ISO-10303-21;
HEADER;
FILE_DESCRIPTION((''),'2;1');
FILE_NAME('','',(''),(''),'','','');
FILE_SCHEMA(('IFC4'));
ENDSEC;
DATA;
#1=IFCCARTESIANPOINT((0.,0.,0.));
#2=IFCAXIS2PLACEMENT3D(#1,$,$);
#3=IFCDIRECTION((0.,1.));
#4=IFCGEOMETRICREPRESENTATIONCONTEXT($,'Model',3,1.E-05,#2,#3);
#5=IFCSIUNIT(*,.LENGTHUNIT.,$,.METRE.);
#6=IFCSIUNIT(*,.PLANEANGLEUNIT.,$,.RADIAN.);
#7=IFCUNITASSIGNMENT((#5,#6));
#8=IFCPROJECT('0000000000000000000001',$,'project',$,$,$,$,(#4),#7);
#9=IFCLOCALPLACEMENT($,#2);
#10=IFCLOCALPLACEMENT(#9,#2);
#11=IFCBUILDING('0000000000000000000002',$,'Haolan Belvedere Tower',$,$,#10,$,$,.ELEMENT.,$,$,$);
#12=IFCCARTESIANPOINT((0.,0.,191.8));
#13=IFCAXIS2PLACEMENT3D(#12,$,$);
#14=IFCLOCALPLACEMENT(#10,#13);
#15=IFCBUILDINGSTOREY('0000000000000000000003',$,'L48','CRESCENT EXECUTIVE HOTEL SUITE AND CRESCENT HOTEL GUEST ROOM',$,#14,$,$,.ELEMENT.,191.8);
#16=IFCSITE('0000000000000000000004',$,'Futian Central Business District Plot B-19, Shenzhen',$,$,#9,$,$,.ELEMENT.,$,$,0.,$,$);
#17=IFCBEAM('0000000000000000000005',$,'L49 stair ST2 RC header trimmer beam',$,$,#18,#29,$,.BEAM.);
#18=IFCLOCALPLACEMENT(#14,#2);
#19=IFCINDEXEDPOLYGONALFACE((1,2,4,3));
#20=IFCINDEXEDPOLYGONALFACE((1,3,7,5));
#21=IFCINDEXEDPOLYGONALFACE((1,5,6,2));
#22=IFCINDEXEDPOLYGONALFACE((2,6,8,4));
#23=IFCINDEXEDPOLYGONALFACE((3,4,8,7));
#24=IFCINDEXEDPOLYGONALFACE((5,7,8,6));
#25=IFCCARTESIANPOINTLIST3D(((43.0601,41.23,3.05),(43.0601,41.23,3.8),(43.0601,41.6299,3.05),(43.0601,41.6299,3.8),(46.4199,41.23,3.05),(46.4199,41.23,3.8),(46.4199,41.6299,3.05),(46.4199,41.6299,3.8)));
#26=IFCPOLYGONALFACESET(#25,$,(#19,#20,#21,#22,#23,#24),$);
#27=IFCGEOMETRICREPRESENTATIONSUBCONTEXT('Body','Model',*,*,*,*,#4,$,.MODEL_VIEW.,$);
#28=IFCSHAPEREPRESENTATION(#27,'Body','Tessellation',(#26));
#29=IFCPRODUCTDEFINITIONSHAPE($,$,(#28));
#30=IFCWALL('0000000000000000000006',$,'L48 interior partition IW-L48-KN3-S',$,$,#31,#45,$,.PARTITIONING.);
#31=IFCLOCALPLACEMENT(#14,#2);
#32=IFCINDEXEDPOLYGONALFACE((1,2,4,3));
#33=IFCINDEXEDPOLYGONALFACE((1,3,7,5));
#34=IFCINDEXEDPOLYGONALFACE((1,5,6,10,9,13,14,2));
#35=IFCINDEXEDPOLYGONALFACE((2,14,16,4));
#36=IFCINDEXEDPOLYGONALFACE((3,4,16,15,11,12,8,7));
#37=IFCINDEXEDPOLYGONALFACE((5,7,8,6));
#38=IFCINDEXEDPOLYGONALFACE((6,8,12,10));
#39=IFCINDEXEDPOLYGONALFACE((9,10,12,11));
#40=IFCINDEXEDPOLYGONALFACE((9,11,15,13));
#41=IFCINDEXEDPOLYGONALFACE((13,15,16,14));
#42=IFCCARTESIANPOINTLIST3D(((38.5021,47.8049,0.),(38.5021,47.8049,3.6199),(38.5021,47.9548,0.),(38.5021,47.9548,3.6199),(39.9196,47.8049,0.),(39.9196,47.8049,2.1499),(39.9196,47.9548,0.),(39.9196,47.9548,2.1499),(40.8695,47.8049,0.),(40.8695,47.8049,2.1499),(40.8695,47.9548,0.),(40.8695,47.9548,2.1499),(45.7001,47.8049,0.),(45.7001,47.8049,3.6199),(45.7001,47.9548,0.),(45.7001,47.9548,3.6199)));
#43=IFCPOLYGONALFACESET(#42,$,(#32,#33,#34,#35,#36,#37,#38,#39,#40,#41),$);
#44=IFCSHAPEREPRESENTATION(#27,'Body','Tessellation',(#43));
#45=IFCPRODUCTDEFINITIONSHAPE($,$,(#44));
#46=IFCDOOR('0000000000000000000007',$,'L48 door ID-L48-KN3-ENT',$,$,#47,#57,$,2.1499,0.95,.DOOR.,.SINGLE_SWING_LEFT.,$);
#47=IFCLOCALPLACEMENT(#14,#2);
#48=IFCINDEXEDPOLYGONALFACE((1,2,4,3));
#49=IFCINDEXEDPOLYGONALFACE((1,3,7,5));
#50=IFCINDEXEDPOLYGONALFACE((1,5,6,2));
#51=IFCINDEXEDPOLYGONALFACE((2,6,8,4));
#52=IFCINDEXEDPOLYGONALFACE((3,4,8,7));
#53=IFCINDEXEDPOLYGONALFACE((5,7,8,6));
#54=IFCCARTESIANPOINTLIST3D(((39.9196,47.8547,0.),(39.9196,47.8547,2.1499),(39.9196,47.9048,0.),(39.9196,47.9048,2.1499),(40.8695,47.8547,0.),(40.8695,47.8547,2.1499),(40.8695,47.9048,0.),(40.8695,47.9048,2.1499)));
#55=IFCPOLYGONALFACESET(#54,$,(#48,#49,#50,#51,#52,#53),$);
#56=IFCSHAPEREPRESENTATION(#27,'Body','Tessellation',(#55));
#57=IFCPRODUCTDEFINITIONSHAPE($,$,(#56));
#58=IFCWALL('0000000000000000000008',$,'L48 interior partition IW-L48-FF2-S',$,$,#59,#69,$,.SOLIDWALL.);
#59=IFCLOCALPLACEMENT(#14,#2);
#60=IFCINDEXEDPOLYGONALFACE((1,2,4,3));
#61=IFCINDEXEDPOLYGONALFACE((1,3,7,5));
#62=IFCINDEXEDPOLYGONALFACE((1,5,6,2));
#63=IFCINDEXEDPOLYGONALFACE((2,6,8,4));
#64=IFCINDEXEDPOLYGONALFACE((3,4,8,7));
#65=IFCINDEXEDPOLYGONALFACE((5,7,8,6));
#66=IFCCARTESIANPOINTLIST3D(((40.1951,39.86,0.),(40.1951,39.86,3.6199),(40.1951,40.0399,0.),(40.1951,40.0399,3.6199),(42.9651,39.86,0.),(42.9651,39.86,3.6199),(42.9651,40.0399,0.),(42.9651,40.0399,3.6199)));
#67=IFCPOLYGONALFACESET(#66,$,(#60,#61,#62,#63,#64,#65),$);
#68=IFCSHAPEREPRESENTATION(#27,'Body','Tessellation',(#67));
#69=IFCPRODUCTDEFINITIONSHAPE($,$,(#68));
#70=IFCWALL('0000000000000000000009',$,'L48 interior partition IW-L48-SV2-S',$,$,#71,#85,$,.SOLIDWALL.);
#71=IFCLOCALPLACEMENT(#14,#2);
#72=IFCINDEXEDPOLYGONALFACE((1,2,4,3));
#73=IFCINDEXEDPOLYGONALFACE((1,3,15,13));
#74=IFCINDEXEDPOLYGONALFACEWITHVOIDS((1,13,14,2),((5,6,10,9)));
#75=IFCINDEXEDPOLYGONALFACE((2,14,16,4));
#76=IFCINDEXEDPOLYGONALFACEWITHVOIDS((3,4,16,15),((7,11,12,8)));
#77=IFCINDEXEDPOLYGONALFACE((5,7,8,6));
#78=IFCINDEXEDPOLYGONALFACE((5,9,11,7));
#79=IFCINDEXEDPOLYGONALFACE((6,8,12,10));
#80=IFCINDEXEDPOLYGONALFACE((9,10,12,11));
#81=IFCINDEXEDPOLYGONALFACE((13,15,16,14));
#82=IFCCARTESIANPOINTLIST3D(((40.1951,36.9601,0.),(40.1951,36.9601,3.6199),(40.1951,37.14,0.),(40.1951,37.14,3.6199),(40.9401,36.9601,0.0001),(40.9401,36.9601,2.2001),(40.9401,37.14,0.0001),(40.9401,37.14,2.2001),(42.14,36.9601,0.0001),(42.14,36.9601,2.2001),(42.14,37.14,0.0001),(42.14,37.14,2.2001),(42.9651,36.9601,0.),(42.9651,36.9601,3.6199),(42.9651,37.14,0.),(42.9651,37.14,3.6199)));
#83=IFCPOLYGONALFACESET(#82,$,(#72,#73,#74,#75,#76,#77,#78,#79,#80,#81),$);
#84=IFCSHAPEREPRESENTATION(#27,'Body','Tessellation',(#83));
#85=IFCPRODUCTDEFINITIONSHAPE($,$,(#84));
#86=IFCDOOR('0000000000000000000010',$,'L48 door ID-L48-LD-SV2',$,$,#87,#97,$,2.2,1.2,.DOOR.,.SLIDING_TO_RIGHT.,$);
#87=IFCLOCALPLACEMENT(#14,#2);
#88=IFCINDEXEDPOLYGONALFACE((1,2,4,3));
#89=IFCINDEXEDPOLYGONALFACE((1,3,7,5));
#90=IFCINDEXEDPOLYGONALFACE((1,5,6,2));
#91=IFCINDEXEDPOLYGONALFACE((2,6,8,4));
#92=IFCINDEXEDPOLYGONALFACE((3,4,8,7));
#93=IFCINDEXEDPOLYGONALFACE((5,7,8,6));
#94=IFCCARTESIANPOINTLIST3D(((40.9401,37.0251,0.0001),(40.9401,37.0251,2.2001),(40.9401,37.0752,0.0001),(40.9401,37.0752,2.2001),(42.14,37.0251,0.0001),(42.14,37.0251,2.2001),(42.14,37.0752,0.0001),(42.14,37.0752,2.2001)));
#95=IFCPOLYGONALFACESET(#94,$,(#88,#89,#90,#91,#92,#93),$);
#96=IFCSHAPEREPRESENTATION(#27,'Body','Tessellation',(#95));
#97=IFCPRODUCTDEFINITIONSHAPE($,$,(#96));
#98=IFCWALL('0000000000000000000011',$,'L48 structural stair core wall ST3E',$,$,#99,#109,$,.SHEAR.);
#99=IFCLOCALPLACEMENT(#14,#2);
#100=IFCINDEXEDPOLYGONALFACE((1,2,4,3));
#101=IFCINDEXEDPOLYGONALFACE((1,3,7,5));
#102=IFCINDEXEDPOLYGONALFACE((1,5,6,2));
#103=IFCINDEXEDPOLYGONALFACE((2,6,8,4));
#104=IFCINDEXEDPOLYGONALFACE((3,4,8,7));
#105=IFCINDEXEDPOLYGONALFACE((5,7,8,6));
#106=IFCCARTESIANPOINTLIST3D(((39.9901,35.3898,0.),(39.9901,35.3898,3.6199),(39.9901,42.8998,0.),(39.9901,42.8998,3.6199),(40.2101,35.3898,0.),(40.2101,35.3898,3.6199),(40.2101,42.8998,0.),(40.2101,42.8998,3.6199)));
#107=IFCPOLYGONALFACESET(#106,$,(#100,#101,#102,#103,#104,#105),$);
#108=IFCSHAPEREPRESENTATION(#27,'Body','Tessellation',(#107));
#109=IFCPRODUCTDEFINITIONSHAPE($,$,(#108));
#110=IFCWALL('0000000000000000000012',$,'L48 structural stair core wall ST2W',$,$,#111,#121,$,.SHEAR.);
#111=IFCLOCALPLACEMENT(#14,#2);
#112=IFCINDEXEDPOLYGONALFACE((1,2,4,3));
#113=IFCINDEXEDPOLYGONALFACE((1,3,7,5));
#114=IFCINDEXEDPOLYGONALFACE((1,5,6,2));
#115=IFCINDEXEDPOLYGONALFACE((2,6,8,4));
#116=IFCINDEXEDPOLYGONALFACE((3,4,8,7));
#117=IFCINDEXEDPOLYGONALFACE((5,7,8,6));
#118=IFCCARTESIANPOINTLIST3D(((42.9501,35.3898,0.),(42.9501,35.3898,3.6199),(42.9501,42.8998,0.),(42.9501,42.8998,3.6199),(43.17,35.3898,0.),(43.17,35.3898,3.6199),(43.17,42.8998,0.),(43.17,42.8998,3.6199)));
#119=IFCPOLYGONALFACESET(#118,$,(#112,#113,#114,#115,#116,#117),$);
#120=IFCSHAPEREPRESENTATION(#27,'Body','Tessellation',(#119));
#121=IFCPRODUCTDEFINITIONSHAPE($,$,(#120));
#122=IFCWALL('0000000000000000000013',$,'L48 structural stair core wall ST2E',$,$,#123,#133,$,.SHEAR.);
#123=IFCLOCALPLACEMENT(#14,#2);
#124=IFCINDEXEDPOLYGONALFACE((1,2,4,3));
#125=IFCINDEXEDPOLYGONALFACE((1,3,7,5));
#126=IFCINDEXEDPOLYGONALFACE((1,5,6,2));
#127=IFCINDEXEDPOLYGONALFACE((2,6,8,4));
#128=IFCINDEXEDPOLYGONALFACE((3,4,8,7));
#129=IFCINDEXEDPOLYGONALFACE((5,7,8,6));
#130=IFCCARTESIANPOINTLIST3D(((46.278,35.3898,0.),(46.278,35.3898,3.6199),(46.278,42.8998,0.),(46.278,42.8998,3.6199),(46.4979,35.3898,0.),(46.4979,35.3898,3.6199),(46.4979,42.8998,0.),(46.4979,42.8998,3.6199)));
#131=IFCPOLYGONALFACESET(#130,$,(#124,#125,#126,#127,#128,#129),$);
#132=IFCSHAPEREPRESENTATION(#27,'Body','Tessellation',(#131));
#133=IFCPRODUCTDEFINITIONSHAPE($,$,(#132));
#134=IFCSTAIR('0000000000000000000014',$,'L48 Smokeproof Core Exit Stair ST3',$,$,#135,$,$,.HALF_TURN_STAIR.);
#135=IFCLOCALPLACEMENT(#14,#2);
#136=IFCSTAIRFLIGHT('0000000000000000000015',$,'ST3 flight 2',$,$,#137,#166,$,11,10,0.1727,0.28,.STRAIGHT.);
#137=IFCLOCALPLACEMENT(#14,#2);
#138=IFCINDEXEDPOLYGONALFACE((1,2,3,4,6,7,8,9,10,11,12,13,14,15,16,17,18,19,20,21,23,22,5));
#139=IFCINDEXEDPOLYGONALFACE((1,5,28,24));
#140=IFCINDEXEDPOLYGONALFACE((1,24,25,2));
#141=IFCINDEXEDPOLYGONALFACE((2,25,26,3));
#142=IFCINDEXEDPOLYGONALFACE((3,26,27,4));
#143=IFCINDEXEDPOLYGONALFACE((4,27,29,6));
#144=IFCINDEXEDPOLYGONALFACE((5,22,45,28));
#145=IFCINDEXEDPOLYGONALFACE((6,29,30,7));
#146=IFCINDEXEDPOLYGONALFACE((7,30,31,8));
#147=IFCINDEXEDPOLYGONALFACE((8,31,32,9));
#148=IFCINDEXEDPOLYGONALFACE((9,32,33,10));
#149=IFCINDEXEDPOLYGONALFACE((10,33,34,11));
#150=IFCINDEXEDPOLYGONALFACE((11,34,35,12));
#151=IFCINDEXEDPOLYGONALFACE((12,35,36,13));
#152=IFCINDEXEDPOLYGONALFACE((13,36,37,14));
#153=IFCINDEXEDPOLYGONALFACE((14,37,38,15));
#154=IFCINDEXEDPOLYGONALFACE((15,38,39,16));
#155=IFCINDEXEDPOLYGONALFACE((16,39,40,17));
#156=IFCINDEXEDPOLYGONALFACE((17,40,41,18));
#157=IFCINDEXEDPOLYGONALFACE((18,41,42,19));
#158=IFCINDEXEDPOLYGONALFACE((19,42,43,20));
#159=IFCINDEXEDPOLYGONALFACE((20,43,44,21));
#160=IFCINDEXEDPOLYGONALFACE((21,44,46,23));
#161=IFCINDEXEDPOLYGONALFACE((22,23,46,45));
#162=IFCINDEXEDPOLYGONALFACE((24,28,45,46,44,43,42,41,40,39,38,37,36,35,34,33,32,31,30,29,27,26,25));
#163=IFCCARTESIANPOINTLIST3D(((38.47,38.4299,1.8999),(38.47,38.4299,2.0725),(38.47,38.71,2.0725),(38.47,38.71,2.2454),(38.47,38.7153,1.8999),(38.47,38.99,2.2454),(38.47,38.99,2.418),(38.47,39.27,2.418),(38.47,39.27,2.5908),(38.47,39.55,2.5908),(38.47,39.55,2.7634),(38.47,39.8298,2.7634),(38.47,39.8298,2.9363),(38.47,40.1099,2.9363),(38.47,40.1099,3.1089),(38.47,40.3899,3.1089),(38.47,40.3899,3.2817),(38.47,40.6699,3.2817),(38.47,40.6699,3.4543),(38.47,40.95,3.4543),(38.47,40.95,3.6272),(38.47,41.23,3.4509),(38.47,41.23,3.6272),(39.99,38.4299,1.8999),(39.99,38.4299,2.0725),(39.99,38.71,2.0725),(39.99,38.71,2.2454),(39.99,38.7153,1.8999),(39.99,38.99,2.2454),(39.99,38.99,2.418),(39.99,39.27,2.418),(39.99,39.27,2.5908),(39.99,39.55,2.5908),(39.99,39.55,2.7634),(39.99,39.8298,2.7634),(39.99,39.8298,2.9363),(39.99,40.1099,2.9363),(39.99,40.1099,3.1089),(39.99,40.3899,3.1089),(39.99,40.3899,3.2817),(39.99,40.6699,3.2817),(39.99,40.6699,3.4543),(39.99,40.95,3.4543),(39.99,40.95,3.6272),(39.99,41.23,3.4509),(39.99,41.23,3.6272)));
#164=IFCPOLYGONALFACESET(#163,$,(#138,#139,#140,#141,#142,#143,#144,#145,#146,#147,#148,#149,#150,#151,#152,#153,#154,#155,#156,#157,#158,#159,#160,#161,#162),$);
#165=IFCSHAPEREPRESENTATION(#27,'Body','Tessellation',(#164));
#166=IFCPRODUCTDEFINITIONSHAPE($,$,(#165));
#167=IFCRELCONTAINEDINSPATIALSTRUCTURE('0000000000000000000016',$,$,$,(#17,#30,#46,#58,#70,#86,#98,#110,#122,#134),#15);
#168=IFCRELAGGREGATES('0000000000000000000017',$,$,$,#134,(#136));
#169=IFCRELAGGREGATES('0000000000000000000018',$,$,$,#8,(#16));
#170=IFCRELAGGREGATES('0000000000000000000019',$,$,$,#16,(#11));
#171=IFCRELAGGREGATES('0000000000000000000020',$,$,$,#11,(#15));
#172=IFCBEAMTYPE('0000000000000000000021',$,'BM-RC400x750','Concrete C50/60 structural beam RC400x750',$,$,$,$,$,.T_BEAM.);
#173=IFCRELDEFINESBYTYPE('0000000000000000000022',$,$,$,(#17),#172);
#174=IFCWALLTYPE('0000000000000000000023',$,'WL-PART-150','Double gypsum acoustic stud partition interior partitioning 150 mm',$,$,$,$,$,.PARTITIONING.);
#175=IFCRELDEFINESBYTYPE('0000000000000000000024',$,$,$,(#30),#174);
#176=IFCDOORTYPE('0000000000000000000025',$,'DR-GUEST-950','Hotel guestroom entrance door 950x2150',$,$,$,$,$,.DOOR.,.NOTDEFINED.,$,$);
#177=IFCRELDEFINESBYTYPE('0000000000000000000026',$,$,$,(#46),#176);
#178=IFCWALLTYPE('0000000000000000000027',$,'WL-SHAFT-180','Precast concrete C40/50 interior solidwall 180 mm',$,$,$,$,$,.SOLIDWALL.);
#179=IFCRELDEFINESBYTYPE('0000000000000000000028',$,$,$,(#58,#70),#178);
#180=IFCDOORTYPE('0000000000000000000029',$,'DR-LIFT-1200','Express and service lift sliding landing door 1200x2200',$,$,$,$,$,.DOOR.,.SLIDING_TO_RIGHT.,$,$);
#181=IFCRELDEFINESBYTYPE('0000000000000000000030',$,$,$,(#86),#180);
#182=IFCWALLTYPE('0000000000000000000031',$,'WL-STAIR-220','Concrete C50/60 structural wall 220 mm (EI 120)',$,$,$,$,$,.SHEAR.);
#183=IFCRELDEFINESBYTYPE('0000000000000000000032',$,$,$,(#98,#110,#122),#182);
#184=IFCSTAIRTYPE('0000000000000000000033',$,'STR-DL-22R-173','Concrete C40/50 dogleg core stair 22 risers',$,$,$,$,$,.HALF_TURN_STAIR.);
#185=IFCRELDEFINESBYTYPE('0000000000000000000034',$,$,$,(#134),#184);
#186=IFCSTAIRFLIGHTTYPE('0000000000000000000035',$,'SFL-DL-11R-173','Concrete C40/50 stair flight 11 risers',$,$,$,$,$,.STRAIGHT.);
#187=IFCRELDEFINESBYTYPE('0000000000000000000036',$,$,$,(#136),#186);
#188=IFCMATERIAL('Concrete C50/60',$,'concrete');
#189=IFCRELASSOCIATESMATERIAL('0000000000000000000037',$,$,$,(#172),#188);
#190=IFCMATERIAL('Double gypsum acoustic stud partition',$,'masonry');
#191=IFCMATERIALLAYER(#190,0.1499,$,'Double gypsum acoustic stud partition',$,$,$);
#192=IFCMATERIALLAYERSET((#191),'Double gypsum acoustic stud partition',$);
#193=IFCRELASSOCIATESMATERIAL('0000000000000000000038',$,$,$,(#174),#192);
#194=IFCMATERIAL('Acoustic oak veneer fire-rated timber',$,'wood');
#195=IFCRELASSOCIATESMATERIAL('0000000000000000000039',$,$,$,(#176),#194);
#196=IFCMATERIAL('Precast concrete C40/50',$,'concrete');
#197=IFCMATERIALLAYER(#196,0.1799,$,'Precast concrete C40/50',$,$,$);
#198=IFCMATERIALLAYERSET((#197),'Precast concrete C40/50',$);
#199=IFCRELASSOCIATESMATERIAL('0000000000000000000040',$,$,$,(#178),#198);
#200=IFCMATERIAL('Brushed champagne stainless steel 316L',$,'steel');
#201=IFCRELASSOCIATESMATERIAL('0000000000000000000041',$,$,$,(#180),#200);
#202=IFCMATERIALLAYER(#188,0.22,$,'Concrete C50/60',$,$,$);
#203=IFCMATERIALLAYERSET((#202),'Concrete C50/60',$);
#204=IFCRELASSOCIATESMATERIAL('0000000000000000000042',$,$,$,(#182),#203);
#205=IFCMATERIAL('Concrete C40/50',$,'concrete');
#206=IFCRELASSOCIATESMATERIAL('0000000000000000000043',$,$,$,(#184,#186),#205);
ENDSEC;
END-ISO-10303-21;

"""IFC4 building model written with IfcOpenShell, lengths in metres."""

from ifc_helpers import new_model, si_unit, direction, frame, frame_2d, origin, origin_2d, place, context, subcontext, project, spatial, polyline, rectangle, outline, extrude, material, layer, layer_set, material_profile, profile_set, type_object, element, fill, aggregate, save


model = new_model("IFC4")

# Units and contexts
model_context = context("Model", 3, precision=1e-05, world=origin(), true_north=direction((0.0, 1.0)))
body_context = subcontext(model_context, "Body", "Model", "MODEL_VIEW")
ifc_project = project(units=[si_unit("LENGTHUNIT", "METRE"), si_unit("PLANEANGLEUNIT", "RADIAN")], contexts=[model_context])

# Site, building, storey
site_placement = place(None, origin())
site = spatial("IfcSite", under=ifc_project, at=site_placement, Name="Futian Central Business District Plot B-19, Shenzhen", CompositionType="ELEMENT", RefElevation=0.0)
building_placement = place(site_placement, origin())
building = spatial("IfcBuilding", under=site, at=building_placement, Name="Haolan Belvedere Tower", CompositionType="ELEMENT")
storey_placement = place(building_placement, frame((0.0, 0.0, 191.8)))
storey = spatial("IfcBuildingStorey", under=building, at=storey_placement, Name="L48", Description="CRESCENT EXECUTIVE HOTEL SUITE AND CRESCENT HOTEL GUEST ROOM", CompositionType="ELEMENT", Elevation=191.8)

# Beam
ifc_material_1 = material(Name="Concrete C50/60", Category="concrete")
ifc_material_profile = material_profile(ifc_material_1, rectangle(XDim=0.3999, YDim=0.75, at=origin_2d()), Name="Concrete C50/60")
ifc_profile_set = profile_set([ifc_material_profile], Name="Concrete C50/60")
beam_type = type_object("IfcBeamType", Name="BM-RC400x750", Description="Concrete C50/60 structural beam RC400x750", PredefinedType="T_BEAM", material=ifc_profile_set)
beam_placement = place(storey_placement, frame((43.0601, 41.4299, 3.425), z_axis=(1.0, 0.0, 0.0), x_axis=(0.0, 1.0, 0.0)))
element("IfcBeam", 1, at=beam_placement, inside=storey, type_object=beam_type, Name="L49 stair ST2 RC header trimmer beam", PredefinedType="BEAM", context=body_context, shape_type="SweptSolid", body=[
    extrude(rectangle(XDim=0.3999, YDim=0.75, at=origin_2d()), origin(), (0.0, 0.0, 1.0), 3.3599),
])

# Wall, opening, door
ifc_material_2 = material(Name="Concrete C40/50", Category="concrete")
ifc_material_3 = material(Name="Double gypsum acoustic stud partition", Category="masonry")
ifc_layer_1 = layer(ifc_material_3, 0.1499, Name="Double gypsum acoustic stud partition")
ifc_layer_set_1 = layer_set([ifc_layer_1], Name="Double gypsum acoustic stud partition")
wall_type_1 = type_object("IfcWallType", Name="WL-PART-150", Description="Double gypsum acoustic stud partition interior partitioning 150 mm", PredefinedType="PARTITIONING", material=ifc_layer_set_1)
wall_1_placement = place(storey_placement, frame((38.502, 47.8799, 0.0), z_axis=(0.0, 0.0, 1.0), x_axis=(1.0, 0.0, 0.0)))
wall_1 = element("IfcWall", 2, at=wall_1_placement, inside=storey, type_object=wall_type_1, Name="L48 interior partition IW-L48-KN3-S", PredefinedType="PARTITIONING", context=body_context, shape_type="SweptSolid", body=[
    extrude(rectangle(XDim=7.198, YDim=0.1499, at=frame_2d((3.5991, 0.0))), origin(), (0.0, 0.0, 1.0), 3.6199),
])
opening_1_placement = place(wall_1_placement, frame((1.4175, 0.0, 0.0)))
opening_1 = element("IfcOpeningElement", 3, at=opening_1_placement, cuts=wall_1, PredefinedType="OPENING", context=body_context, shape_type="SweptSolid", body=[
    extrude(rectangle(XDim=0.95, YDim=2.1499, at=frame_2d((0.4751, 1.075))), frame((0.0, 0.085, 0.0), z_axis=(0.0, -1.0, 0.0), x_axis=(1.0, 0.0, 0.0)), (0.0, 0.0, 1.0), 0.1699),
])
ifc_material_4 = material(Name="Acoustic oak veneer fire-rated timber", Category="wood")
door_type_1 = type_object("IfcDoorType", Name="DR-GUEST-950", Description="Hotel guestroom entrance door 950x2150", OperationType="NOTDEFINED", PredefinedType="DOOR", material=ifc_material_4)
door_1_placement = place(opening_1_placement, origin())
door_1 = element("IfcDoor", 4, at=door_1_placement, inside=storey, type_object=door_type_1, Name="L48 door ID-L48-KN3-ENT", OperationType="SINGLE_SWING_LEFT", OverallHeight=2.1499, OverallWidth=0.95, PredefinedType="DOOR", context=body_context, shape_type="SweptSolid", body=[
    extrude(rectangle(XDim=0.95, YDim=2.1499, at=frame_2d((0.4751, 1.075))), frame((0.0, 0.0249, 0.0), z_axis=(0.0, -1.0, 0.0), x_axis=(1.0, 0.0, 0.0)), (0.0, 0.0, 1.0), 0.05),
])
fill(opening_1, door_1)

# Wall
ifc_material_5 = material(Name="Precast concrete C40/50", Category="concrete")
ifc_layer_2 = layer(ifc_material_5, 0.1799, Name="Precast concrete C40/50")
ifc_layer_set_2 = layer_set([ifc_layer_2], Name="Precast concrete C40/50")
wall_type_2 = type_object("IfcWallType", Name="WL-SHAFT-180", Description="Precast concrete C40/50 interior solidwall 180 mm", PredefinedType="SOLIDWALL", material=ifc_layer_set_2)
wall_2_placement = place(storey_placement, frame((40.1951, 39.95, 0.0), z_axis=(0.0, 0.0, 1.0), x_axis=(1.0, 0.0, 0.0)))
element("IfcWall", 5, at=wall_2_placement, inside=storey, type_object=wall_type_2, Name="L48 interior partition IW-L48-FF2-S", PredefinedType="SOLIDWALL", context=body_context, shape_type="SweptSolid", body=[
    extrude(rectangle(XDim=2.77, YDim=0.1799, at=frame_2d((1.385, 0.0))), origin(), (0.0, 0.0, 1.0), 3.6199),
])

# Wall, opening, door
wall_3_placement = place(storey_placement, frame((40.1951, 37.05, 0.0), z_axis=(0.0, 0.0, 1.0), x_axis=(1.0, 0.0, 0.0)))
wall_3 = element("IfcWall", 6, at=wall_3_placement, inside=storey, type_object=wall_type_2, Name="L48 interior partition IW-L48-SV2-S", PredefinedType="SOLIDWALL", context=body_context, shape_type="SweptSolid", body=[
    extrude(rectangle(XDim=2.77, YDim=0.1799, at=frame_2d((1.385, 0.0))), origin(), (0.0, 0.0, 1.0), 3.6199),
])
opening_2_placement = place(wall_3_placement, frame((1.9451, 0.0, 0.0), z_axis=(0.0, 0.0, 1.0), x_axis=(-1.0, 0.0, 0.0)))
opening_2 = element("IfcOpeningElement", 7, at=opening_2_placement, cuts=wall_3, PredefinedType="OPENING", context=body_context, shape_type="SweptSolid", body=[
    extrude(rectangle(XDim=1.2, YDim=2.2, at=frame_2d((0.6001, 1.1001))), frame((0.0, 0.0999, 0.0), z_axis=(0.0, -1.0, 0.0), x_axis=(1.0, 0.0, 0.0)), (0.0, 0.0, 1.0), 0.2),
])
ifc_material_6 = material(Name="Brushed champagne stainless steel 316L", Category="steel")
door_type_2 = type_object("IfcDoorType", Name="DR-LIFT-1200", Description="Express and service lift sliding landing door 1200x2200", OperationType="SLIDING_TO_RIGHT", PredefinedType="DOOR", material=ifc_material_6)
door_2_placement = place(opening_2_placement, origin())
door_2 = element("IfcDoor", 8, at=door_2_placement, inside=storey, type_object=door_type_2, Name="L48 door ID-L48-LD-SV2", OperationType="SLIDING_TO_RIGHT", OverallHeight=2.2, OverallWidth=1.2, PredefinedType="DOOR", context=body_context, shape_type="SweptSolid", body=[
    extrude(rectangle(XDim=1.2, YDim=2.2, at=frame_2d((0.6001, 1.1001))), frame((0.0, 0.0249, 0.0), z_axis=(0.0, -1.0, 0.0), x_axis=(1.0, 0.0, 0.0)), (0.0, 0.0, 1.0), 0.05),
])
fill(opening_2, door_2)

# Walls
ifc_layer_3 = layer(ifc_material_1, 0.22, Name="Concrete C50/60")
ifc_layer_set_3 = layer_set([ifc_layer_3], Name="Concrete C50/60")
wall_type_3 = type_object("IfcWallType", Name="WL-STAIR-220", Description="Concrete C50/60 structural wall 220 mm (EI 120)", PredefinedType="SHEAR", material=ifc_layer_set_3)
for number, where, z_axis, x_axis, name in (
    (9, (40.1001, 35.3899, 0.0), (0.0, 0.0, 1.0), (0.0, 1.0, 0.0), "L48 structural stair core wall ST3E"),
    (10, (43.0601, 35.3899, 0.0), (0.0, 0.0, 1.0), (0.0, 1.0, 0.0), "L48 structural stair core wall ST2W"),
    (11, (46.3879, 35.3899, 0.0), (0.0, 0.0, 1.0), (0.0, 1.0, 0.0), "L48 structural stair core wall ST2E"),
):
    element("IfcWall", number, at=place(storey_placement, frame(where, z_axis=z_axis, x_axis=x_axis)), inside=storey, type_object=wall_type_3, Name=name, PredefinedType="SHEAR", context=body_context, shape_type="SweptSolid", body=[
        extrude(rectangle(XDim=7.51, YDim=0.22, at=frame_2d((3.7549, 0.0))), origin(), (0.0, 0.0, 1.0), 3.6199),
    ])

# Stair, stair flight
stair_type = type_object("IfcStairType", Name="STR-DL-22R-173", Description="Concrete C40/50 dogleg core stair 22 risers", PredefinedType="HALF_TURN_STAIR", material=ifc_material_2)
stair_1_placement = place(storey_placement, origin())
stair_1 = element("IfcStair", 12, at=stair_1_placement, inside=storey, type_object=stair_type, Name="L48 Smokeproof Core Exit Stair ST3", PredefinedType="HALF_TURN_STAIR")
stair_flight_type = type_object("IfcStairFlightType", Name="SFL-DL-11R-173", Description="Concrete C40/50 stair flight 11 risers", PredefinedType="STRAIGHT", material=ifc_material_2)
stair_flight_1_placement = place(storey_placement, frame((39.23, 38.4299, 1.8999), z_axis=(0.0, 0.0, 1.0), x_axis=(0.0, 1.0, 0.0)))
stair_flight_1 = element("IfcStairFlight", 13, at=stair_flight_1_placement, type_object=stair_flight_type, Name="ST3 flight 2", NumberOfRisers=11, NumberOfTreads=10, PredefinedType="STRAIGHT", RiserHeight=0.1727, TreadLength=0.28, context=body_context, shape_type="SweptSolid", body=[
    extrude(outline(polyline([(0.0, 0.0), (0.0, 0.1726), (0.28, 0.1726), (0.28, 0.3455), (0.5601, 0.3455), (0.5601, 0.5181), (0.8401, 0.5181), (0.8401, 0.6909), (1.1201, 0.6909), (1.1201, 0.8635), (1.3999, 0.8635), (1.3999, 1.0364), (1.6799, 1.0364), (1.6799, 1.209), (1.96, 1.209), (1.96, 1.3818), (2.24, 1.3818), (2.24, 1.5544), (2.52, 1.5544), (2.52, 1.7273), (2.8, 1.7273), (2.8, 1.8999), (2.8, 1.551), (0.2854, 0.0), (0.0, 0.0)])), frame((0.0, 0.76, 0.0), z_axis=(0.0, -1.0, 0.0), x_axis=(1.0, 0.0, 0.0)), (0.0, 0.0, 1.0), 1.52),
])
aggregate(stair_1, [stair_flight_1])

save(model, "model.ifc")
